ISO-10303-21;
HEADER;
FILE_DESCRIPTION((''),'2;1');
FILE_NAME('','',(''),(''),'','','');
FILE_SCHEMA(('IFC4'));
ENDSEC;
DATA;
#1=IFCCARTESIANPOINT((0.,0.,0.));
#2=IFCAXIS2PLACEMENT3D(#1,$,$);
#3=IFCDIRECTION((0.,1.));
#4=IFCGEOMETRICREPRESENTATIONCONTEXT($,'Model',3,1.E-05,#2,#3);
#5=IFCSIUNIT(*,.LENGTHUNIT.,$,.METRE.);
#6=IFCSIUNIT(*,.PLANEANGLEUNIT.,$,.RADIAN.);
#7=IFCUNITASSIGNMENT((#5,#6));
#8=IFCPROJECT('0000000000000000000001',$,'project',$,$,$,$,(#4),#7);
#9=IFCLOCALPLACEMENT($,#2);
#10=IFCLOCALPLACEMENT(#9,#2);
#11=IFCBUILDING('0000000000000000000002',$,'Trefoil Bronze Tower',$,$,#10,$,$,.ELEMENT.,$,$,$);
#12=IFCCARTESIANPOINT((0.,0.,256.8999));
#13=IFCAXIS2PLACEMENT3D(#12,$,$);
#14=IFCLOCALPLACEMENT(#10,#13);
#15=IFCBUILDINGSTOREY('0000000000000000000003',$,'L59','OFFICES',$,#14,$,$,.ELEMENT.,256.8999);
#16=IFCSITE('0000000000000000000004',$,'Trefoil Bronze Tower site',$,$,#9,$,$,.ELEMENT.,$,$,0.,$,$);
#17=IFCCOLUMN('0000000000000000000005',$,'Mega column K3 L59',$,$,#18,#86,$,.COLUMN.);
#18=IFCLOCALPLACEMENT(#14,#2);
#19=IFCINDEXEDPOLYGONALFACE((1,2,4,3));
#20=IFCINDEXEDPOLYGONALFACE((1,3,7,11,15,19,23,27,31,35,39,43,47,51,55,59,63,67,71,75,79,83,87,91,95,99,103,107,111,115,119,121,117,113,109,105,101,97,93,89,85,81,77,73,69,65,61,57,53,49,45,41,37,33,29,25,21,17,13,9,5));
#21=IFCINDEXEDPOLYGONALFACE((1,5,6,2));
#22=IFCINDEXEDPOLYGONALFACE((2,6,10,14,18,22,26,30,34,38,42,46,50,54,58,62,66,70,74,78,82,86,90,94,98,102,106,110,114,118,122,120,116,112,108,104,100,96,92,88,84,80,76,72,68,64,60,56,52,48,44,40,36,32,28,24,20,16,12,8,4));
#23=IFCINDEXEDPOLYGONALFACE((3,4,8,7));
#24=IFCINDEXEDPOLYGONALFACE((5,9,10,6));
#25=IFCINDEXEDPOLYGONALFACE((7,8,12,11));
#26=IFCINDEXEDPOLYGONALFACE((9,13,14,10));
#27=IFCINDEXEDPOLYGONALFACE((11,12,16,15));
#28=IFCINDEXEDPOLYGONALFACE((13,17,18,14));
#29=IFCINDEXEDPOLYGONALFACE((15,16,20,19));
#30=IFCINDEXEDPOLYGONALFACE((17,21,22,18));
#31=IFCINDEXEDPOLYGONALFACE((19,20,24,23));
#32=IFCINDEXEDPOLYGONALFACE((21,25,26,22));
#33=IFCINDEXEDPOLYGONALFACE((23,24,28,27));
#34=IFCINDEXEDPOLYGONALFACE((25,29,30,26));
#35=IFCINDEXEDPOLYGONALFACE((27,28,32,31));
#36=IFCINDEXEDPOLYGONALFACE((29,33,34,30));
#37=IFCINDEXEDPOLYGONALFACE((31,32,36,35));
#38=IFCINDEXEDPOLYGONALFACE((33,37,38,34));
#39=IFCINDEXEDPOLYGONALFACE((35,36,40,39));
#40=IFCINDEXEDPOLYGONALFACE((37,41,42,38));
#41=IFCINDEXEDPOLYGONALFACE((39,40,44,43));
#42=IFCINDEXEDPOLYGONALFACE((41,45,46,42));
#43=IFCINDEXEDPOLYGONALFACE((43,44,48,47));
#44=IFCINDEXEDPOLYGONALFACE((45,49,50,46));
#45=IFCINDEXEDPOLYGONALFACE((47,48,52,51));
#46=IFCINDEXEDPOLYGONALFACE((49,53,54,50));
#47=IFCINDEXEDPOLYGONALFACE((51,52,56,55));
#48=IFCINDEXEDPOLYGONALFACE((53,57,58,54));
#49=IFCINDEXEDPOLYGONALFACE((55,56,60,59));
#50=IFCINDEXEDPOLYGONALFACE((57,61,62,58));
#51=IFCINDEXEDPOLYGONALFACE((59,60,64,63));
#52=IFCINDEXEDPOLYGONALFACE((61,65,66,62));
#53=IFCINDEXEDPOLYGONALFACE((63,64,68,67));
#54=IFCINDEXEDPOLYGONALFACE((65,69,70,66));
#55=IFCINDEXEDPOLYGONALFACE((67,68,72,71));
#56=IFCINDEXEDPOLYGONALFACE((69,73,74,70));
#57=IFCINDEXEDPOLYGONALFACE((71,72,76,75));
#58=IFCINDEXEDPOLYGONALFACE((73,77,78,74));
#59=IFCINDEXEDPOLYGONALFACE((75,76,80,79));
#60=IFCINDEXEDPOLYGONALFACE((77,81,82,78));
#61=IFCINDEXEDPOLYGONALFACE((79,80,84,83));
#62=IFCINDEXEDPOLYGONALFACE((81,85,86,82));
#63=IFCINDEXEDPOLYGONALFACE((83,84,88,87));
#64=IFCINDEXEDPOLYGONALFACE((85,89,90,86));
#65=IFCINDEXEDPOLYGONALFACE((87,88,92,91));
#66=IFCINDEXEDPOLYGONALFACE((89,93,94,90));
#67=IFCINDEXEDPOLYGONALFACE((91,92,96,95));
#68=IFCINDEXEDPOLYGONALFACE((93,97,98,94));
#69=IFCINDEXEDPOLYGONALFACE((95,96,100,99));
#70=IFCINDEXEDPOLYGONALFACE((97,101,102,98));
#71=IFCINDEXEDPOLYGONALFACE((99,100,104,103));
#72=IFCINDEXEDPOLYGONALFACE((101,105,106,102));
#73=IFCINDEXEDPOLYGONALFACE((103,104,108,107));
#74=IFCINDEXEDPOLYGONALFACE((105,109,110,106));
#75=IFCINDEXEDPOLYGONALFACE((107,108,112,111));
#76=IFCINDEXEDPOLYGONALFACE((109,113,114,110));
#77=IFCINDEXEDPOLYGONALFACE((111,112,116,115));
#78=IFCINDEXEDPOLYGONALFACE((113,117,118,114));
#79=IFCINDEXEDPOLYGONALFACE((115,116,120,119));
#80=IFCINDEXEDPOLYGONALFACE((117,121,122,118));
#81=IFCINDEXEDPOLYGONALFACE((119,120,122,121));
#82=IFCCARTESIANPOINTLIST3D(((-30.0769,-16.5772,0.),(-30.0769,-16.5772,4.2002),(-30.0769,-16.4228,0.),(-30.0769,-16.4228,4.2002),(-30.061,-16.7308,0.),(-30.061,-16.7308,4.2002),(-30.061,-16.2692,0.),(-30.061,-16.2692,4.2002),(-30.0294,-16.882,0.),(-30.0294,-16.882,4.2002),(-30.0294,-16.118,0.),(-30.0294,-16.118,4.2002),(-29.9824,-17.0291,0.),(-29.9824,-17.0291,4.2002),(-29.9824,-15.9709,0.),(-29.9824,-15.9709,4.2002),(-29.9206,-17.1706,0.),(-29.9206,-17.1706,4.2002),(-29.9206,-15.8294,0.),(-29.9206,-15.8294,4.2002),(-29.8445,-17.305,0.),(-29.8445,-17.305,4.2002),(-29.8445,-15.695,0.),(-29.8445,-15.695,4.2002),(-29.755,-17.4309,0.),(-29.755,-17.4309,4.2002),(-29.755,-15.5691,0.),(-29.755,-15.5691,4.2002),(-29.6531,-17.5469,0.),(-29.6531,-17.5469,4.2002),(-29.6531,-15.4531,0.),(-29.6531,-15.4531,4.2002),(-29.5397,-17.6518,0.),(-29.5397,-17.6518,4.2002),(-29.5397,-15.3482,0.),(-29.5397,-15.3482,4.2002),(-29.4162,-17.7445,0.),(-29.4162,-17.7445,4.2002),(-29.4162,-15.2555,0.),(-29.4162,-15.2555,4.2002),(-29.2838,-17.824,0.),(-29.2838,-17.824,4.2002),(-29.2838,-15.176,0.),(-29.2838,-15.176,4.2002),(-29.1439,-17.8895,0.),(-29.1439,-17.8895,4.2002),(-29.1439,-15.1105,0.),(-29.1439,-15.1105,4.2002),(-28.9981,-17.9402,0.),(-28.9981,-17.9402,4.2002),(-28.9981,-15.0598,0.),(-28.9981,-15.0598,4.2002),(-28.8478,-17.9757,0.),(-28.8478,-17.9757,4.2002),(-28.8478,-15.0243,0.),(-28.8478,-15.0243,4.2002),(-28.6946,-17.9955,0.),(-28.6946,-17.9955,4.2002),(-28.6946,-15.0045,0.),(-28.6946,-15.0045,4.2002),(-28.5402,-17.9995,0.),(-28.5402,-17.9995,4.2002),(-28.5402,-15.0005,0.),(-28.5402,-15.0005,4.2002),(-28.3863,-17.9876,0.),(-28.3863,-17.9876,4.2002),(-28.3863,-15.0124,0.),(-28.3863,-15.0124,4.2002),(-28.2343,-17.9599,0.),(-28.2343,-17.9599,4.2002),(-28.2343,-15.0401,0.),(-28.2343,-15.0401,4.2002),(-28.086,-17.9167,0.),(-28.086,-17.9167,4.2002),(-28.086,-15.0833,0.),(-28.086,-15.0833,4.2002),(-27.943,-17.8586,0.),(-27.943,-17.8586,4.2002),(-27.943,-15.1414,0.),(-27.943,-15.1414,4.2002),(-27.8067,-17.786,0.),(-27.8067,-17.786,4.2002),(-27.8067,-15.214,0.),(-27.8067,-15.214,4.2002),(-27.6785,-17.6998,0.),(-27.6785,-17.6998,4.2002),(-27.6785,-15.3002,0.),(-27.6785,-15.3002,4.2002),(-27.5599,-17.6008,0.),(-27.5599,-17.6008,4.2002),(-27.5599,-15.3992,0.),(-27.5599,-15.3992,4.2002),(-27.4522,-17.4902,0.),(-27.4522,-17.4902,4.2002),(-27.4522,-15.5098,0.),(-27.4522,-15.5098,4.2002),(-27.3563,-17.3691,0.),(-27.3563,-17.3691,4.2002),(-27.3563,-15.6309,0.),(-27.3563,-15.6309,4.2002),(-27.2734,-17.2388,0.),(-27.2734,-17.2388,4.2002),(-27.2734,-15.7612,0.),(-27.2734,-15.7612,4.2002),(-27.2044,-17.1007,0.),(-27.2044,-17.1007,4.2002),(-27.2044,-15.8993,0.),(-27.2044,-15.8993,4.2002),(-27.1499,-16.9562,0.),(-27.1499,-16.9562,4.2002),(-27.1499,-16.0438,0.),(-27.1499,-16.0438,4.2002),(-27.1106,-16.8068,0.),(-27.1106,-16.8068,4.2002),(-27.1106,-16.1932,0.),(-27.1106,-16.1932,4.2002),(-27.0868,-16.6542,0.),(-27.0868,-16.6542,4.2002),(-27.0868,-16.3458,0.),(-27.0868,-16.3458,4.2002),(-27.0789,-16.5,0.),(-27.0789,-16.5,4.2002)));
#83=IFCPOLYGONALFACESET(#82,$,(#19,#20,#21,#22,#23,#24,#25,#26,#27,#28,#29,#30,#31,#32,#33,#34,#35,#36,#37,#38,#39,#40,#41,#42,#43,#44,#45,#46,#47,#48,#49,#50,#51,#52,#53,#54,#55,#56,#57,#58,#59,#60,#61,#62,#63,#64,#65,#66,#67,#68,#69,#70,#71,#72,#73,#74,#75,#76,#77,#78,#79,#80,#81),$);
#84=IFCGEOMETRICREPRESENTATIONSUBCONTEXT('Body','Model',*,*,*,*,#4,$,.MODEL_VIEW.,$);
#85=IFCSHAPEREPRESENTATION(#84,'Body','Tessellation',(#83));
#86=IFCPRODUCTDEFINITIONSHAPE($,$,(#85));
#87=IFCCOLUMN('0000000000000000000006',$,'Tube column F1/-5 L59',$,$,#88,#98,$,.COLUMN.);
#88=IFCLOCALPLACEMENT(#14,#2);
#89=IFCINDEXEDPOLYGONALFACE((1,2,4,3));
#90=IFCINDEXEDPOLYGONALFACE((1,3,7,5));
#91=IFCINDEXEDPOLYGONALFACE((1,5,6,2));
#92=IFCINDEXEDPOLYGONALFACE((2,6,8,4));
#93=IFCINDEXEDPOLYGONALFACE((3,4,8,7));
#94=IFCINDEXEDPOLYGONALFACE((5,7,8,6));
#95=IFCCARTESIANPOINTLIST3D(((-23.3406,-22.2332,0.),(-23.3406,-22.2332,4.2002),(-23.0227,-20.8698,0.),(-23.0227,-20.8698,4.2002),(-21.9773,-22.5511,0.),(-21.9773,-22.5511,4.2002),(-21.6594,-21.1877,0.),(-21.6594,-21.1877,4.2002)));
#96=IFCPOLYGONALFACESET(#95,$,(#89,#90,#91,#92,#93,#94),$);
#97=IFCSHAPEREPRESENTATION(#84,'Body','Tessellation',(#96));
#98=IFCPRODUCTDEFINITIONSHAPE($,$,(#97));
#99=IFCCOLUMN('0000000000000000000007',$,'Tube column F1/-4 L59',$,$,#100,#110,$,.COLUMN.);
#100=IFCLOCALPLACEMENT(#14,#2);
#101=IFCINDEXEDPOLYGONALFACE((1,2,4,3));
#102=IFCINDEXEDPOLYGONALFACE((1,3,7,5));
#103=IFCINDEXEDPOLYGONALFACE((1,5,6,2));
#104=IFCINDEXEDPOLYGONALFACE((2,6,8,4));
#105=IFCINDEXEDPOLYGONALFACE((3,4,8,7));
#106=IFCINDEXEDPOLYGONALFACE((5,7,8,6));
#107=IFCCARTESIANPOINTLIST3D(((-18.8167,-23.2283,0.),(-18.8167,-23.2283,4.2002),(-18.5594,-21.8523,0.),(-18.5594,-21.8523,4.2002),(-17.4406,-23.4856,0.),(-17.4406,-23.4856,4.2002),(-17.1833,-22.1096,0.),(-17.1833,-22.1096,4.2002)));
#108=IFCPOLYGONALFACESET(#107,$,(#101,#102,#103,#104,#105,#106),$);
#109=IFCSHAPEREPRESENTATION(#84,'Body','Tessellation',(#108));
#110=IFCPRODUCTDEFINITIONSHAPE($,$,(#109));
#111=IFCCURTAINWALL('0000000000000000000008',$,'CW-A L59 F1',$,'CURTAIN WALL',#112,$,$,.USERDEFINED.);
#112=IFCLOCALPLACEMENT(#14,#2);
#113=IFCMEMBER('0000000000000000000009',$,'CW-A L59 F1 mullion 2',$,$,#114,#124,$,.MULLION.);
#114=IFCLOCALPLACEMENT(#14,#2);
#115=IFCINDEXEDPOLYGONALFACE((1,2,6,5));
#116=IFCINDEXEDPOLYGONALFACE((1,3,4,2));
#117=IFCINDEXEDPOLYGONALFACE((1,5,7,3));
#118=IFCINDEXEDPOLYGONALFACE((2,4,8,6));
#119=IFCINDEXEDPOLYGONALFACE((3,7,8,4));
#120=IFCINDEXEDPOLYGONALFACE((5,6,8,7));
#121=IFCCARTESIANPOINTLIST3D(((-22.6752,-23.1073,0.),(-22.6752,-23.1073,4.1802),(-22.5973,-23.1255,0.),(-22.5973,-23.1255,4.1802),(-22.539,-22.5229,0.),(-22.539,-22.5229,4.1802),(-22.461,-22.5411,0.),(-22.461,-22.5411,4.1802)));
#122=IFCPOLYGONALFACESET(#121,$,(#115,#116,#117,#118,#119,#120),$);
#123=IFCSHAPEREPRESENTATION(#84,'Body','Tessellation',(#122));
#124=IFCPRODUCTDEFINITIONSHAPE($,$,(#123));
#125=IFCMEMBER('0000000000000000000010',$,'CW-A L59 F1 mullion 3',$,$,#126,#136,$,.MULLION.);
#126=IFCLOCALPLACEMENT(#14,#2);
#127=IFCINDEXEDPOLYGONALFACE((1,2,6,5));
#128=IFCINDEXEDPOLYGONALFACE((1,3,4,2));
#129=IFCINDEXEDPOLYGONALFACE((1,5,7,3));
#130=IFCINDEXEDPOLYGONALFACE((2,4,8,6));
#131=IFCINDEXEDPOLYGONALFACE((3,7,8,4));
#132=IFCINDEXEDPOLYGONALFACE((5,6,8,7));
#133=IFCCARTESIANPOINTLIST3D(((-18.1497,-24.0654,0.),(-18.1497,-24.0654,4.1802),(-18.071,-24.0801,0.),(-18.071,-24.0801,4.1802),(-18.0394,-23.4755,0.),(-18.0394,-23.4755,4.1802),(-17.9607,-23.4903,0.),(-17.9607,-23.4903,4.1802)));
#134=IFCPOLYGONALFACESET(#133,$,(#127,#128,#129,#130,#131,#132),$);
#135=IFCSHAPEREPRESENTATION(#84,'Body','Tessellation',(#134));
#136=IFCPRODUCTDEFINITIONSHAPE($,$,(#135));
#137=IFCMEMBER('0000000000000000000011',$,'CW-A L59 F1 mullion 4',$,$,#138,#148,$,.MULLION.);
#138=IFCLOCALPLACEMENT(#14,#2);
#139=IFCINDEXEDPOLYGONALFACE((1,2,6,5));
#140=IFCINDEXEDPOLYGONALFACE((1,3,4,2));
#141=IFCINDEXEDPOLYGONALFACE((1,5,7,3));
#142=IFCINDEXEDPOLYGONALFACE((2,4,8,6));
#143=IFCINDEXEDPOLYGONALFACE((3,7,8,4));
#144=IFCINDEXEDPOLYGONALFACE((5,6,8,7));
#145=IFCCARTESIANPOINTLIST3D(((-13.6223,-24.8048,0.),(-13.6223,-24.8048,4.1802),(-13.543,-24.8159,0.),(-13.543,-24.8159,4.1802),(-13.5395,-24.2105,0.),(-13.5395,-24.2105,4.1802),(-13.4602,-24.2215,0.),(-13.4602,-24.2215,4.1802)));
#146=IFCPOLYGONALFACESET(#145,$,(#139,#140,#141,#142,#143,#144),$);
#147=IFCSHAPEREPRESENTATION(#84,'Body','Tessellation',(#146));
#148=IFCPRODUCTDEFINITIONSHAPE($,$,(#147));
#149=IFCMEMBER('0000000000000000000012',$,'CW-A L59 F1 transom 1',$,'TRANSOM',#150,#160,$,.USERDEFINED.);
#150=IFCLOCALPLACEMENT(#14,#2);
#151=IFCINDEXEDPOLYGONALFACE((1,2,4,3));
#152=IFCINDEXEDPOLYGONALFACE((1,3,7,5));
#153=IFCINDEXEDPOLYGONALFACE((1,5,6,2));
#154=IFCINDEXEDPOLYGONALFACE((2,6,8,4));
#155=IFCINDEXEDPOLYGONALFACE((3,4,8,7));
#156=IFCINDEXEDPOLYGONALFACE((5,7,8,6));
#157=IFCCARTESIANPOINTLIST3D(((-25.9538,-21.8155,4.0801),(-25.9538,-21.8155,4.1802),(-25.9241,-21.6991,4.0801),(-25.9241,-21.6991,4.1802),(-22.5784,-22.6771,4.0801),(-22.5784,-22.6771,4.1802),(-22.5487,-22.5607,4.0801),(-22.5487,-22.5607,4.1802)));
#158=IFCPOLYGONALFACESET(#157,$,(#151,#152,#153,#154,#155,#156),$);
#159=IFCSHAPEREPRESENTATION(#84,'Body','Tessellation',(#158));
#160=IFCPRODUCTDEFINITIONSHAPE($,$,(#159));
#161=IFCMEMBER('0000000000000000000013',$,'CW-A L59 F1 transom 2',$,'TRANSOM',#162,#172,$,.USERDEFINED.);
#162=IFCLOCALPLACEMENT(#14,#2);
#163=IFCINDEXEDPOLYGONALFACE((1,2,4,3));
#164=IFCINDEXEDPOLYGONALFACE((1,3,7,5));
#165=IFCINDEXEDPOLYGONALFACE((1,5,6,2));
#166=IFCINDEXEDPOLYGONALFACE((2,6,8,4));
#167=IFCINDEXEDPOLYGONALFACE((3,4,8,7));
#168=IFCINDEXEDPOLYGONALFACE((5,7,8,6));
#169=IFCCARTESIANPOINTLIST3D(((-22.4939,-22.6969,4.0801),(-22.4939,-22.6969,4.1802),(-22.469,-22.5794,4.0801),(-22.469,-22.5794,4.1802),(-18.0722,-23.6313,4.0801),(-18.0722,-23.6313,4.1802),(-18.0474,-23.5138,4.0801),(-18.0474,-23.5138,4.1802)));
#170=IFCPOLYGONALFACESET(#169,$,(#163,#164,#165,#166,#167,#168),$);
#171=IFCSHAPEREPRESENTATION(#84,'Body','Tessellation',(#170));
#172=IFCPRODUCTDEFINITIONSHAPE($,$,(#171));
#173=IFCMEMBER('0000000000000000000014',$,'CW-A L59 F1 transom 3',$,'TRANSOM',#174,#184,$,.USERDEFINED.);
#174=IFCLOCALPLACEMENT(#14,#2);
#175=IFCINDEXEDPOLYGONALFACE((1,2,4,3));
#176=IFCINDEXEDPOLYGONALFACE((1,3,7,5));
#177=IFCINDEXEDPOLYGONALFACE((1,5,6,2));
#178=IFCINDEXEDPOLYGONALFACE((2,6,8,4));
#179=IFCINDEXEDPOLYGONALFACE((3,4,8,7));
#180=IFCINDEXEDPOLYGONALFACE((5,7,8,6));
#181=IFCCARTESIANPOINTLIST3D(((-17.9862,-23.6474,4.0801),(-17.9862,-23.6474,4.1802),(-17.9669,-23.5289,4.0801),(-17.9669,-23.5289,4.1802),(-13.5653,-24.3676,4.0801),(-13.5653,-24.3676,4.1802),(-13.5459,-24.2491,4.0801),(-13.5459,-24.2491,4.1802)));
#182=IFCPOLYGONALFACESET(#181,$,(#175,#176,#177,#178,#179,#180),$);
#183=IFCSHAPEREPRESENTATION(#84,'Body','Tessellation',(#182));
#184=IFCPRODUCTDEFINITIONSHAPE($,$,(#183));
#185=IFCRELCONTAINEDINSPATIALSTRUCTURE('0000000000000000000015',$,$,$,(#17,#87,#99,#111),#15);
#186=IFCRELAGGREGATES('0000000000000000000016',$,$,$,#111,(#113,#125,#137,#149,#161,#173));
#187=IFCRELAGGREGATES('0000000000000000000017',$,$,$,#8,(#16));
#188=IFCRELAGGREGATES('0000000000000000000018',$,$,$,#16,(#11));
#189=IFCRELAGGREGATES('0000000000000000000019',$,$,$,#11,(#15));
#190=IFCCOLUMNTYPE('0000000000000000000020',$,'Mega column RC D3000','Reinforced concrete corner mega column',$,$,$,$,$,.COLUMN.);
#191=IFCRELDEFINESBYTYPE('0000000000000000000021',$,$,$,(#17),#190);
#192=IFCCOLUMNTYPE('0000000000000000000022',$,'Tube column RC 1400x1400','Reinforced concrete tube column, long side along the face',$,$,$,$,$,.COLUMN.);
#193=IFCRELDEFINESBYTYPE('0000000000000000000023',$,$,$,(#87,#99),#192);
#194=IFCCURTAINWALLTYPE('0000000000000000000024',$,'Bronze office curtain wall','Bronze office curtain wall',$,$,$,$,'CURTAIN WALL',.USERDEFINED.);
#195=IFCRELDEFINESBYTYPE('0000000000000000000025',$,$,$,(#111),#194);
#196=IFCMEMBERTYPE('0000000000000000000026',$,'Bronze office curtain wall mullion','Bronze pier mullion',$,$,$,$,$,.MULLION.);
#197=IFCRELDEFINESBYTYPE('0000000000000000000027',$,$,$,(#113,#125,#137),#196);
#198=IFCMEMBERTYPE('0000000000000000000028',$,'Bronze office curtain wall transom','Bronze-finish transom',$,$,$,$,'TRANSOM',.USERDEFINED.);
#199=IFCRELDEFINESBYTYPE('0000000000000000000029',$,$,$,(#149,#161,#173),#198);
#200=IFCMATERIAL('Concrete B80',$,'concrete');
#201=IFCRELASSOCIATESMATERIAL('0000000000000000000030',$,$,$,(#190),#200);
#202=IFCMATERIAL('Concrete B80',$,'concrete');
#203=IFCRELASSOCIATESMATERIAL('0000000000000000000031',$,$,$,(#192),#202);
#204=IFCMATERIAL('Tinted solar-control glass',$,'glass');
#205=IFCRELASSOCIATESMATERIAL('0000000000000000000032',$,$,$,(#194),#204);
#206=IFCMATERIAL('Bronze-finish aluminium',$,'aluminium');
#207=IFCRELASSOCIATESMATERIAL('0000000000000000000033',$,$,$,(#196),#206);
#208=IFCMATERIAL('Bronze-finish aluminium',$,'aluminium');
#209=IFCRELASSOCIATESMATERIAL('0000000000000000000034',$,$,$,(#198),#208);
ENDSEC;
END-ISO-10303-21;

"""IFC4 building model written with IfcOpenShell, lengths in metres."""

from ifc_helpers import new_model, si_unit, direction, frame, origin, origin_2d, place, context, subcontext, project, spatial, rectangle, circle, extrude, material, material_profile, profile_set, type_object, element, aggregate, save


model = new_model("IFC4")

# Units and contexts
model_context = context("Model", 3, precision=1e-05, world=origin(), true_north=direction((0.0, 1.0)))
body_context = subcontext(model_context, "Body", "Model", "MODEL_VIEW")
ifc_project = project(units=[si_unit("LENGTHUNIT", "METRE"), si_unit("PLANEANGLEUNIT", "RADIAN")], contexts=[model_context])

# Site, building, storey
site_placement = place(None, origin())
site = spatial("IfcSite", under=ifc_project, at=site_placement, Name="Trefoil Bronze Tower site", CompositionType="ELEMENT", RefElevation=0.0)
building_placement = place(site_placement, origin())
building = spatial("IfcBuilding", under=site, at=building_placement, Name="Trefoil Bronze Tower", CompositionType="ELEMENT")
storey_placement = place(building_placement, frame((0.0, 0.0, 256.8999)))
storey = spatial("IfcBuildingStorey", under=building, at=storey_placement, Name="L59", Description="OFFICES", CompositionType="ELEMENT", Elevation=256.8999)

# Columns
ifc_material_1 = material(Name="Concrete B80", Category="concrete")
ifc_material_profile_1 = material_profile(ifc_material_1, circle(Radius=1.5, at=origin_2d()), Name="RC D3000")
ifc_profile_set_1 = profile_set([ifc_material_profile_1], Name="Concrete B80")
column_type_1 = type_object("IfcColumnType", Name="Mega column RC D3000", Description="Reinforced concrete corner mega column", PredefinedType="COLUMN", material=ifc_profile_set_1)
column_placement = place(storey_placement, frame((-28.5789, -16.5, 0.0), z_axis=(0.0, 0.0, 1.0), x_axis=(1.0, 0.0, 0.0)))
element("IfcColumn", 1, at=column_placement, inside=storey, type_object=column_type_1, Name="Mega column K3 L59", PredefinedType="COLUMN", context=body_context, shape_type="SweptSolid", body=[
    extrude(circle(Radius=1.5, at=origin_2d()), origin(), (0.0, 0.0, 1.0), 4.2002),
])
ifc_material_2 = material(Name="Concrete B80", Category="concrete")
ifc_material_profile_2 = material_profile(ifc_material_2, rectangle(XDim=1.3999, YDim=1.3999, at=origin_2d()), Name="RC 1400x1400")
ifc_profile_set_2 = profile_set([ifc_material_profile_2], Name="Concrete B80")
column_type_2 = type_object("IfcColumnType", Name="Tube column RC 1400x1400", Description="Reinforced concrete tube column, long side along the face", PredefinedType="COLUMN", material=ifc_profile_set_2)
for number, where, z_axis, x_axis, name in (
    (2, (-22.5, -21.7104, 0.0), (0.0, 0.0, 1.0), (0.973875, -0.227083, 0.0), "Tube column F1/-5 L59"),
    (3, (-18.0, -22.6689, 0.0), (0.0, 0.0, 1.0), (0.982959, -0.183825, 0.0), "Tube column F1/-4 L59"),
):
    element("IfcColumn", number, at=place(storey_placement, frame(where, z_axis=z_axis, x_axis=x_axis)), inside=storey, type_object=column_type_2, Name=name, PredefinedType="COLUMN", context=body_context, shape_type="SweptSolid", body=[
        extrude(rectangle(XDim=1.3999, YDim=1.3999, at=origin_2d()), origin(), (0.0, 0.0, 1.0), 4.2002),
    ])

# Curtain wall, members
ifc_material_3 = material(Name="Tinted solar-control glass", Category="glass")
curtain_wall_type_1 = type_object("IfcCurtainWallType", Name="Bronze office curtain wall", Description="Bronze office curtain wall", ElementType="CURTAIN WALL", PredefinedType="USERDEFINED", material=ifc_material_3)
curtain_wall_1_placement = place(storey_placement, origin())
curtain_wall_1 = element("IfcCurtainWall", 4, at=curtain_wall_1_placement, inside=storey, type_object=curtain_wall_type_1, Name="CW-A L59 F1", ObjectType="CURTAIN WALL", PredefinedType="USERDEFINED")
ifc_material_4 = material(Name="Bronze-finish aluminium", Category="aluminium")
ifc_material_profile_3 = material_profile(ifc_material_4, rectangle(XDim=0.6001, YDim=0.0801, at=origin_2d()), Name="CW-A mullion")
ifc_profile_set_3 = profile_set([ifc_material_profile_3], Name="Bronze-finish aluminium")
member_type_1 = type_object("IfcMemberType", Name="Bronze office curtain wall mullion", Description="Bronze pier mullion", PredefinedType="MULLION", material=ifc_profile_set_3)
member_1_placement = place(storey_placement, frame((-22.5681, -22.8242, 0.0), z_axis=(0.0, 0.0, 1.0), x_axis=(0.227083, 0.973875, 0.0)))
member_1 = element("IfcMember", 5, at=member_1_placement, type_object=member_type_1, Name="CW-A L59 F1 mullion 2", PredefinedType="MULLION", context=body_context, shape_type="SweptSolid", body=[
    extrude(rectangle(XDim=0.6001, YDim=0.0801, at=origin_2d()), origin(), (0.0, 0.0, 1.0), 4.1802),
])
member_2_placement = place(storey_placement, frame((-18.0552, -23.7778, 0.0), z_axis=(0.0, 0.0, 1.0), x_axis=(0.183825, 0.982959, 0.0)))
member_2 = element("IfcMember", 6, at=member_2_placement, type_object=member_type_1, Name="CW-A L59 F1 mullion 3", PredefinedType="MULLION", context=body_context, shape_type="SweptSolid", body=[
    extrude(rectangle(XDim=0.6001, YDim=0.0801, at=origin_2d()), origin(), (0.0, 0.0, 1.0), 4.1802),
])
member_3_placement = place(storey_placement, frame((-13.5413, -24.5132, 0.0), z_axis=(0.0, 0.0, 1.0), x_axis=(0.137868, 0.990451, 0.0)))
member_3 = element("IfcMember", 7, at=member_3_placement, type_object=member_type_1, Name="CW-A L59 F1 mullion 4", PredefinedType="MULLION", context=body_context, shape_type="SweptSolid", body=[
    extrude(rectangle(XDim=0.6001, YDim=0.0801, at=origin_2d()), origin(), (0.0, 0.0, 1.0), 4.1802),
])
ifc_material_5 = material(Name="Bronze-finish aluminium", Category="aluminium")
ifc_material_profile_4 = material_profile(ifc_material_5, rectangle(XDim=0.1201, YDim=0.1001, at=origin_2d()), Name="CW-A transom")
ifc_profile_set_4 = profile_set([ifc_material_profile_4], Name="Bronze-finish aluminium")
member_type_2 = type_object("IfcMemberType", Name="Bronze office curtain wall transom", Description="Bronze-finish transom", ElementType="TRANSOM", PredefinedType="USERDEFINED", material=ifc_profile_set_4)
member_4_placement = place(storey_placement, frame((-25.939, -21.7573, 4.1301), z_axis=(0.968935, -0.247315, 0.0), x_axis=(0.247315, 0.968935, 0.0)))
member_4 = element("IfcMember", 8, at=member_4_placement, type_object=member_type_2, Name="CW-A L59 F1 transom 1", ObjectType="TRANSOM", PredefinedType="USERDEFINED", context=body_context, shape_type="SweptSolid", body=[
    extrude(rectangle(XDim=0.1201, YDim=0.1001, at=origin_2d()), origin(), (0.0, 0.0, 1.0), 3.4836),
])
member_5_placement = place(storey_placement, frame((-22.4814, -22.6382, 4.1301), z_axis=(0.978395, -0.206743, 0.0), x_axis=(0.206743, 0.978395, 0.0)))
member_5 = element("IfcMember", 9, at=member_5_placement, type_object=member_type_2, Name="CW-A L59 F1 transom 2", ObjectType="TRANSOM", PredefinedType="USERDEFINED", context=body_context, shape_type="SweptSolid", body=[
    extrude(rectangle(XDim=0.1201, YDim=0.1001, at=origin_2d()), origin(), (0.0, 0.0, 1.0), 4.5193),
])
member_6_placement = place(storey_placement, frame((-17.9766, -23.5881, 4.1301), z_axis=(0.986988, -0.160792, 0.0), x_axis=(0.160792, 0.986988, 0.0)))
member_6 = element("IfcMember", 10, at=member_6_placement, type_object=member_type_2, Name="CW-A L59 F1 transom 3", ObjectType="TRANSOM", PredefinedType="USERDEFINED", context=body_context, shape_type="SweptSolid", body=[
    extrude(rectangle(XDim=0.1201, YDim=0.1001, at=origin_2d()), origin(), (0.0, 0.0, 1.0), 4.4792),
])

aggregate(curtain_wall_1, [member_1, member_2, member_3, member_4, member_5, member_6])

save(model, "model.ifc")
